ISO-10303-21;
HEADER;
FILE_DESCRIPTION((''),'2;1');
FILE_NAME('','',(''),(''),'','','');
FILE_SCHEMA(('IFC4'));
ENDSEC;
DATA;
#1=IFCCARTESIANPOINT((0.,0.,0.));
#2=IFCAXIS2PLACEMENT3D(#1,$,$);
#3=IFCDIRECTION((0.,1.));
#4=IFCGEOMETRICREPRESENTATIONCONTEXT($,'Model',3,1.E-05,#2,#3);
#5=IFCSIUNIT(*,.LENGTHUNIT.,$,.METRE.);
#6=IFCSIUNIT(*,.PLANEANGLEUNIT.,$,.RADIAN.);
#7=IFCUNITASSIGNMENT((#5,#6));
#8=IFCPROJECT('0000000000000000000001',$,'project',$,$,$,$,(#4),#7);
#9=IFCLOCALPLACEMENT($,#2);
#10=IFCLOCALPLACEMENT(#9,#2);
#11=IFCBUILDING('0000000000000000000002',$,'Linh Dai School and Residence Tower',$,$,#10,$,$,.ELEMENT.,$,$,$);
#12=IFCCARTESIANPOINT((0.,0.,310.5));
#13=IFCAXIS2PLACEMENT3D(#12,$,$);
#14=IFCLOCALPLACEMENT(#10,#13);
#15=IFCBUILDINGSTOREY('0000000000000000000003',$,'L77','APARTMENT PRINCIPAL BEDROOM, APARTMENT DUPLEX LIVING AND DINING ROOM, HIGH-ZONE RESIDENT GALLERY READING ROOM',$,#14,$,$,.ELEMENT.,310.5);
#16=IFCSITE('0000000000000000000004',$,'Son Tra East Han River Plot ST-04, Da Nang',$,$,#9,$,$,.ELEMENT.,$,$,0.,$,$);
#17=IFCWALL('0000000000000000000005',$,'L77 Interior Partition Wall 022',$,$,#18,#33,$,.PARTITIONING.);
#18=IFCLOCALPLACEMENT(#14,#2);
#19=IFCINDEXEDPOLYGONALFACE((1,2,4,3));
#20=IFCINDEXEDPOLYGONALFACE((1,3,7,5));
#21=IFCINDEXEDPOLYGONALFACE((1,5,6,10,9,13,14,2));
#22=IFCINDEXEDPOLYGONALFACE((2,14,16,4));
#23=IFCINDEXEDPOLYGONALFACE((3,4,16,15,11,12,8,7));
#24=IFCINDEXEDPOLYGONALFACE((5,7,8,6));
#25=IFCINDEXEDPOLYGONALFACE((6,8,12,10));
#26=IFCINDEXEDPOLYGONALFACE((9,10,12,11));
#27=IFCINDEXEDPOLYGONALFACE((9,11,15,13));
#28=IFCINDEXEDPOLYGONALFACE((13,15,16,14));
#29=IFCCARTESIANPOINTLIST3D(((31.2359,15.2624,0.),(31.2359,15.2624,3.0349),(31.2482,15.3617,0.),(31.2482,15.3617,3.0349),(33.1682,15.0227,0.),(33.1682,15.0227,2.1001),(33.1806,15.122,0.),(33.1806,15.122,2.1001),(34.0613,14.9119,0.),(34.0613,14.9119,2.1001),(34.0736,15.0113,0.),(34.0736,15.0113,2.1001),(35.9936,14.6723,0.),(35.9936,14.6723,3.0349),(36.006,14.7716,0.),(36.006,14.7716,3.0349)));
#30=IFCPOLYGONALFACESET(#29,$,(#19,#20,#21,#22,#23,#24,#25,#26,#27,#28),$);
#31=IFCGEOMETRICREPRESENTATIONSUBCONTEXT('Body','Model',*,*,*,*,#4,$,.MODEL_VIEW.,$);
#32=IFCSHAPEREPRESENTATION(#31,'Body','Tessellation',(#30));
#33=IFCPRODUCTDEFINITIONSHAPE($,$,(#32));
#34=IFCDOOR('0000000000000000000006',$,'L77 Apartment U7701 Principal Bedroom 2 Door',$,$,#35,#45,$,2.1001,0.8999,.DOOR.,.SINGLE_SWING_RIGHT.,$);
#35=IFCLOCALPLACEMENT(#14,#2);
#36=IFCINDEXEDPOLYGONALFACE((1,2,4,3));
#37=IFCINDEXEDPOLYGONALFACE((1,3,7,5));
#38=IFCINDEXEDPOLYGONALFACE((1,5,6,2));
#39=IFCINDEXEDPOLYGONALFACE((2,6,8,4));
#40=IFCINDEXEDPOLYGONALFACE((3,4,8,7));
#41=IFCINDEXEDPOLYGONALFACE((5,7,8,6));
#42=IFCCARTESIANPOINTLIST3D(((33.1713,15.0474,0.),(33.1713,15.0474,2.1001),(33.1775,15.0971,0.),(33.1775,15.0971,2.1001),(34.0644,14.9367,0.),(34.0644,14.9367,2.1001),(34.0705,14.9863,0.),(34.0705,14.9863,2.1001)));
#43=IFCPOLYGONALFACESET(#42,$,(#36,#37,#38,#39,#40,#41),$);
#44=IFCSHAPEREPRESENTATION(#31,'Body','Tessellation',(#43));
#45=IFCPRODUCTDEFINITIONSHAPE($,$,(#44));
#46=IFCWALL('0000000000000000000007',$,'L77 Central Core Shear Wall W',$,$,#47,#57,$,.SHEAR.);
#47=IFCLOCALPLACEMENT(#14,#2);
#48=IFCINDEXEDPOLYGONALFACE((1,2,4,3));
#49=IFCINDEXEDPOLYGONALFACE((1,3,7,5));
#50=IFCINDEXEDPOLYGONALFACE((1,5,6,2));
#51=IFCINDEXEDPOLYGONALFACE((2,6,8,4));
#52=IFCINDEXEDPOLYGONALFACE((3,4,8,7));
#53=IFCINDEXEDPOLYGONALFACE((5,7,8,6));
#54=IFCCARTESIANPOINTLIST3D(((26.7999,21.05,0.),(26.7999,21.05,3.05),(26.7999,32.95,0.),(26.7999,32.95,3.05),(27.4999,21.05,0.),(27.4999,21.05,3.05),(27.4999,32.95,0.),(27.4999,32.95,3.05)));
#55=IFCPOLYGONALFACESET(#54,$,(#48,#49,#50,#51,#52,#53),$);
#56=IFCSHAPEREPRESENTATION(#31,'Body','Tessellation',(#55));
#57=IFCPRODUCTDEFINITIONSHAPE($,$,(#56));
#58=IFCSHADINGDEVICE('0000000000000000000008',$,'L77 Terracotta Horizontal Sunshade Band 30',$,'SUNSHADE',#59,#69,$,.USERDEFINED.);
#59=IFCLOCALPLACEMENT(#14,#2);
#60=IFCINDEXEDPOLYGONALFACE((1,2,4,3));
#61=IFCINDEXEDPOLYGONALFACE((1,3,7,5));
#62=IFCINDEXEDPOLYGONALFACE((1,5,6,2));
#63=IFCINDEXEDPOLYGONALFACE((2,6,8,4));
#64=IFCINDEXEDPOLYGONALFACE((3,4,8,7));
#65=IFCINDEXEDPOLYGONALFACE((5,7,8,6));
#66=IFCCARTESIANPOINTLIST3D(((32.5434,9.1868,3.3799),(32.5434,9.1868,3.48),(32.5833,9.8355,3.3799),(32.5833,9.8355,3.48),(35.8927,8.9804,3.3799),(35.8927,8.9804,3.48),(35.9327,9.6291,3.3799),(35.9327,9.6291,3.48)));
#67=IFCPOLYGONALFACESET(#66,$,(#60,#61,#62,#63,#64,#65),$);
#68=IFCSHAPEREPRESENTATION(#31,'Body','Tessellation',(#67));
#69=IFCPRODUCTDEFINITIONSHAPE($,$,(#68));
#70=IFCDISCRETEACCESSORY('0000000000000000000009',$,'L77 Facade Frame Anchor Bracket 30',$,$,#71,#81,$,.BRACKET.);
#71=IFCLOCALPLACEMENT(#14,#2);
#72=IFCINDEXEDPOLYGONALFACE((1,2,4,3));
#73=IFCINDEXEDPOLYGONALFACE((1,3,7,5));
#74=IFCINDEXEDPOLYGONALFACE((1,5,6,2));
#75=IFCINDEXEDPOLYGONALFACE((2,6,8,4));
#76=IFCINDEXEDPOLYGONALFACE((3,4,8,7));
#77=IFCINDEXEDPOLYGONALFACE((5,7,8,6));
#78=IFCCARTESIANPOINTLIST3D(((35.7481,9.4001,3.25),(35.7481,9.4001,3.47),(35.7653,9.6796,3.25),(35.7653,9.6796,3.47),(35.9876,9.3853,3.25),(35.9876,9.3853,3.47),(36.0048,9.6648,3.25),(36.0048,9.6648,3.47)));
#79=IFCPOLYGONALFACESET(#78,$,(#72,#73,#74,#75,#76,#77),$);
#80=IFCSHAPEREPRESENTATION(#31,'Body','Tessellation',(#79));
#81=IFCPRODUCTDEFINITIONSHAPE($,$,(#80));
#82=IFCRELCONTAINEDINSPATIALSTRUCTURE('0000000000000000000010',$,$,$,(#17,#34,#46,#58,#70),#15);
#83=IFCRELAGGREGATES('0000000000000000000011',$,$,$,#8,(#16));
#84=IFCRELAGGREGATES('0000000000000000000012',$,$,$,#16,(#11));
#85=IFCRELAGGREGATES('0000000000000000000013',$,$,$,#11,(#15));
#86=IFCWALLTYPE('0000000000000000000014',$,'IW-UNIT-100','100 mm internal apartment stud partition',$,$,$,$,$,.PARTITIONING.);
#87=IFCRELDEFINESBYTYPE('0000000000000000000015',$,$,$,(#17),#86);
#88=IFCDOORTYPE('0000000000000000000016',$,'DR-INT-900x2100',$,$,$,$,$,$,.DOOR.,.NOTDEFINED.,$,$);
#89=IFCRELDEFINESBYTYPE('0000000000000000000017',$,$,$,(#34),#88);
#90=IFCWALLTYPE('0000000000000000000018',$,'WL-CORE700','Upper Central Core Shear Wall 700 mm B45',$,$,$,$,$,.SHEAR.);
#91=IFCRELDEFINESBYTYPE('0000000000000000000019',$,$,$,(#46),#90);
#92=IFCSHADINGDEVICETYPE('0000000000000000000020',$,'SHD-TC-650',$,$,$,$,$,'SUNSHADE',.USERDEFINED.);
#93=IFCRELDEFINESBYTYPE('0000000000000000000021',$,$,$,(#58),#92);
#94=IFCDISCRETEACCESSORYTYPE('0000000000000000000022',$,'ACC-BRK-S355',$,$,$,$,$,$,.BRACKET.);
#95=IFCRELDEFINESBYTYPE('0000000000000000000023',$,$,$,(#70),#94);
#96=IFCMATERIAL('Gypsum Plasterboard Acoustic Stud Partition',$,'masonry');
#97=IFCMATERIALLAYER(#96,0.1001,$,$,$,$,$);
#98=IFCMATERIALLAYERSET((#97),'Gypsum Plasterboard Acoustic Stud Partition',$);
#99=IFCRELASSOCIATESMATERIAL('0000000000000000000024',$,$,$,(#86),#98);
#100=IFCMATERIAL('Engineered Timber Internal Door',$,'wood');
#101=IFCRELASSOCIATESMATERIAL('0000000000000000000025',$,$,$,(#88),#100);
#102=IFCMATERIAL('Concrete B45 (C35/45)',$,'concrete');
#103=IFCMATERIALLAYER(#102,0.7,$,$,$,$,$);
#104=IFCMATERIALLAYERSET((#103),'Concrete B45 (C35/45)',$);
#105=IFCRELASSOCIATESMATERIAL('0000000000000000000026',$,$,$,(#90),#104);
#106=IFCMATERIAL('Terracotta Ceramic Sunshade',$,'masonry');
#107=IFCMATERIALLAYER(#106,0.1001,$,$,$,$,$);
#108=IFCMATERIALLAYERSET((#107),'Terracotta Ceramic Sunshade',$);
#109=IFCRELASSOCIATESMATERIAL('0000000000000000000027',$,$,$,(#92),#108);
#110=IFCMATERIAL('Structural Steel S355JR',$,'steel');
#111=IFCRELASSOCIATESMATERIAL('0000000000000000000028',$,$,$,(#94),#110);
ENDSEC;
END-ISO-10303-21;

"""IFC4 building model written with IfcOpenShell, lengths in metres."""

from ifc_helpers import new_model, si_unit, direction, frame, frame_2d, origin, origin_2d, place, context, subcontext, project, spatial, rectangle, extrude, source, transform, mapped, material, layer, layer_set, type_object, element, fill, save


model = new_model("IFC4")

# Units and contexts
model_context = context("Model", 3, precision=1e-05, world=origin(), true_north=direction((0.0, 1.0)))
body_context = subcontext(model_context, "Body", "Model", "MODEL_VIEW")
ifc_project = project(units=[si_unit("LENGTHUNIT", "METRE"), si_unit("PLANEANGLEUNIT", "RADIAN")], contexts=[model_context])

# Site, building, storey
site_placement = place(None, origin())
site = spatial("IfcSite", under=ifc_project, at=site_placement, Name="Son Tra East Han River Plot ST-04, Da Nang", CompositionType="ELEMENT", RefElevation=0.0)
building_placement = place(site_placement, origin())
building = spatial("IfcBuilding", under=site, at=building_placement, Name="Linh Dai School and Residence Tower", CompositionType="ELEMENT")
storey_placement = place(building_placement, frame((0.0, 0.0, 310.5)))
storey = spatial("IfcBuildingStorey", under=building, at=storey_placement, Name="L77", Description="APARTMENT PRINCIPAL BEDROOM, APARTMENT DUPLEX LIVING AND DINING ROOM, HIGH-ZONE RESIDENT GALLERY READING ROOM", CompositionType="ELEMENT", Elevation=310.5)

# Shared definitions
ifc_material_1 = material(Name="Structural Steel S355JR", Category="steel")

# Shared definitions
ifc_material_2 = material(Name="Concrete B45 (C35/45)", Category="concrete")
ifc_material_3 = material(Name="Gypsum Plasterboard Acoustic Stud Partition", Category="masonry")
ifc_layer_1 = layer(ifc_material_3, 0.1001)
ifc_layer_set_1 = layer_set([ifc_layer_1], Name="Gypsum Plasterboard Acoustic Stud Partition")
wall_type_1 = type_object("IfcWallType", Name="IW-UNIT-100", Description="100 mm internal apartment stud partition", PredefinedType="PARTITIONING", material=ifc_layer_set_1)

# Wall, opening, door
wall_1_placement = place(storey_placement, frame((31.2422, 15.312, 0.0), z_axis=(0.0, 0.0, 1.0), x_axis=(0.992397, -0.123082, 0.0)))
wall_1 = element("IfcWall", 1, at=wall_1_placement, inside=storey, type_object=wall_type_1, Name="L77 Interior Partition Wall 022", PredefinedType="PARTITIONING", context=body_context, shape_type="SweptSolid", body=[
    extrude(rectangle(XDim=4.7942, YDim=0.1001, at=frame_2d((2.397, 0.0))), origin(), (0.0, 0.0, 1.0), 3.0349),
])
opening_1_placement = place(wall_1_placement, frame((1.947, 0.0, 0.0)))
opening_1 = element("IfcOpeningElement", 2, at=opening_1_placement, cuts=wall_1, PredefinedType="OPENING", context=body_context, shape_type="SweptSolid", body=[
    extrude(rectangle(XDim=0.8999, YDim=2.1001, at=origin_2d()), frame((0.45, 0.0601, 1.05), z_axis=(0.0, -1.0, 0.0), x_axis=(1.0, 0.0, 0.0)), (0.0, 0.0, 1.0), 0.1201),
])
ifc_material_4 = material(Name="Engineered Timber Internal Door", Category="wood")
door_type_1 = type_object("IfcDoorType", Name="DR-INT-900x2100", OperationType="NOTDEFINED", PredefinedType="DOOR", material=ifc_material_4)
shared_shape_1 = source(origin(), body_context, "Body", "SweptSolid", [
    extrude(rectangle(XDim=0.8999, YDim=2.1001, at=origin_2d()), frame((0.45, 0.0249, 1.05), z_axis=(0.0, -1.0, 0.0), x_axis=(1.0, 0.0, 0.0)), (0.0, 0.0, 1.0), 0.05),
])
door_1_placement = place(opening_1_placement, origin())
door_1 = element("IfcDoor", 3, at=door_1_placement, inside=storey, type_object=door_type_1, Name="L77 Apartment U7701 Principal Bedroom 2 Door", OperationType="SINGLE_SWING_RIGHT", OverallHeight=2.1001, OverallWidth=0.8999, PredefinedType="DOOR", context=body_context, shape_type="MappedRepresentation", body=[
    mapped(shared_shape_1, transform((0.0, 0.0, 0.0), x_axis=(1.0, 0.0, 0.0), y_axis=(0.0, 1.0, 0.0), z_axis=(0.0, 0.0, 1.0), scale=1.0)),
])
fill(opening_1, door_1)

# Wall
ifc_layer_2 = layer(ifc_material_2, 0.7)
ifc_layer_set_2 = layer_set([ifc_layer_2], Name="Concrete B45 (C35/45)")
wall_type_2 = type_object("IfcWallType", Name="WL-CORE700", Description="Upper Central Core Shear Wall 700 mm B45", PredefinedType="SHEAR", material=ifc_layer_set_2)
wall_2_placement = place(storey_placement, frame((27.1499, 21.05, 0.0), z_axis=(0.0, 0.0, 1.0), x_axis=(0.0, 1.0, 0.0)))
element("IfcWall", 4, at=wall_2_placement, inside=storey, type_object=wall_type_2, Name="L77 Central Core Shear Wall W", PredefinedType="SHEAR", context=body_context, shape_type="SweptSolid", body=[
    extrude(rectangle(XDim=11.8999, YDim=0.7, at=frame_2d((5.95, 0.0))), origin(), (0.0, 0.0, 1.0), 3.05),
])

# Shading device
ifc_material_5 = material(Name="Terracotta Ceramic Sunshade", Category="masonry")
ifc_layer_3 = layer(ifc_material_5, 0.1001)
ifc_layer_set_3 = layer_set([ifc_layer_3], Name="Terracotta Ceramic Sunshade")
shading_device_type = type_object("IfcShadingDeviceType", Name="SHD-TC-650", ElementType="SUNSHADE", PredefinedType="USERDEFINED", material=ifc_layer_set_3)
shared_shape_2 = source(origin(), body_context, "Body", "SweptSolid", [
    extrude(rectangle(XDim=3.3557, YDim=0.6499, at=origin_2d()), origin(), (0.0, 0.0, 1.0), 0.1001),
])
shading_device_placement = place(storey_placement, frame((34.238, 9.408, 3.3799), z_axis=(0.0, 0.0, 1.0), x_axis=(-0.998106, 0.06151, 0.0)))
element("IfcShadingDevice", 5, at=shading_device_placement, inside=storey, type_object=shading_device_type, Name="L77 Terracotta Horizontal Sunshade Band 30", ObjectType="SUNSHADE", PredefinedType="USERDEFINED", context=body_context, shape_type="MappedRepresentation", body=[
    mapped(shared_shape_2, transform((0.0, 0.0, 0.0), x_axis=(1.0, 0.0, 0.0), y_axis=(0.0, 1.0, 0.0), z_axis=(0.0, 0.0, 1.0), scale=1.0)),
])

# Discrete accessory
discrete_accessory_type = type_object("IfcDiscreteAccessoryType", Name="ACC-BRK-S355", PredefinedType="BRACKET", material=ifc_material_1)
shared_shape_3 = source(origin(), body_context, "Body", "SweptSolid", [
    extrude(rectangle(XDim=0.28, YDim=0.24, at=origin_2d()), origin(), (0.0, 0.0, 1.0), 0.22),
])
discrete_accessory_placement = place(storey_placement, frame((35.8765, 9.5325, 3.25), z_axis=(0.0, 0.0, 1.0), x_axis=(-0.06151, -0.998106, 0.0)))
element("IfcDiscreteAccessory", 6, at=discrete_accessory_placement, inside=storey, type_object=discrete_accessory_type, Name="L77 Facade Frame Anchor Bracket 30", PredefinedType="BRACKET", context=body_context, shape_type="MappedRepresentation", body=[
    mapped(shared_shape_3, transform((0.0, 0.0, 0.0), x_axis=(1.0, 0.0, 0.0), y_axis=(0.0, 1.0, 0.0), z_axis=(0.0, 0.0, 1.0), scale=1.0)),
])

save(model, "model.ifc")
